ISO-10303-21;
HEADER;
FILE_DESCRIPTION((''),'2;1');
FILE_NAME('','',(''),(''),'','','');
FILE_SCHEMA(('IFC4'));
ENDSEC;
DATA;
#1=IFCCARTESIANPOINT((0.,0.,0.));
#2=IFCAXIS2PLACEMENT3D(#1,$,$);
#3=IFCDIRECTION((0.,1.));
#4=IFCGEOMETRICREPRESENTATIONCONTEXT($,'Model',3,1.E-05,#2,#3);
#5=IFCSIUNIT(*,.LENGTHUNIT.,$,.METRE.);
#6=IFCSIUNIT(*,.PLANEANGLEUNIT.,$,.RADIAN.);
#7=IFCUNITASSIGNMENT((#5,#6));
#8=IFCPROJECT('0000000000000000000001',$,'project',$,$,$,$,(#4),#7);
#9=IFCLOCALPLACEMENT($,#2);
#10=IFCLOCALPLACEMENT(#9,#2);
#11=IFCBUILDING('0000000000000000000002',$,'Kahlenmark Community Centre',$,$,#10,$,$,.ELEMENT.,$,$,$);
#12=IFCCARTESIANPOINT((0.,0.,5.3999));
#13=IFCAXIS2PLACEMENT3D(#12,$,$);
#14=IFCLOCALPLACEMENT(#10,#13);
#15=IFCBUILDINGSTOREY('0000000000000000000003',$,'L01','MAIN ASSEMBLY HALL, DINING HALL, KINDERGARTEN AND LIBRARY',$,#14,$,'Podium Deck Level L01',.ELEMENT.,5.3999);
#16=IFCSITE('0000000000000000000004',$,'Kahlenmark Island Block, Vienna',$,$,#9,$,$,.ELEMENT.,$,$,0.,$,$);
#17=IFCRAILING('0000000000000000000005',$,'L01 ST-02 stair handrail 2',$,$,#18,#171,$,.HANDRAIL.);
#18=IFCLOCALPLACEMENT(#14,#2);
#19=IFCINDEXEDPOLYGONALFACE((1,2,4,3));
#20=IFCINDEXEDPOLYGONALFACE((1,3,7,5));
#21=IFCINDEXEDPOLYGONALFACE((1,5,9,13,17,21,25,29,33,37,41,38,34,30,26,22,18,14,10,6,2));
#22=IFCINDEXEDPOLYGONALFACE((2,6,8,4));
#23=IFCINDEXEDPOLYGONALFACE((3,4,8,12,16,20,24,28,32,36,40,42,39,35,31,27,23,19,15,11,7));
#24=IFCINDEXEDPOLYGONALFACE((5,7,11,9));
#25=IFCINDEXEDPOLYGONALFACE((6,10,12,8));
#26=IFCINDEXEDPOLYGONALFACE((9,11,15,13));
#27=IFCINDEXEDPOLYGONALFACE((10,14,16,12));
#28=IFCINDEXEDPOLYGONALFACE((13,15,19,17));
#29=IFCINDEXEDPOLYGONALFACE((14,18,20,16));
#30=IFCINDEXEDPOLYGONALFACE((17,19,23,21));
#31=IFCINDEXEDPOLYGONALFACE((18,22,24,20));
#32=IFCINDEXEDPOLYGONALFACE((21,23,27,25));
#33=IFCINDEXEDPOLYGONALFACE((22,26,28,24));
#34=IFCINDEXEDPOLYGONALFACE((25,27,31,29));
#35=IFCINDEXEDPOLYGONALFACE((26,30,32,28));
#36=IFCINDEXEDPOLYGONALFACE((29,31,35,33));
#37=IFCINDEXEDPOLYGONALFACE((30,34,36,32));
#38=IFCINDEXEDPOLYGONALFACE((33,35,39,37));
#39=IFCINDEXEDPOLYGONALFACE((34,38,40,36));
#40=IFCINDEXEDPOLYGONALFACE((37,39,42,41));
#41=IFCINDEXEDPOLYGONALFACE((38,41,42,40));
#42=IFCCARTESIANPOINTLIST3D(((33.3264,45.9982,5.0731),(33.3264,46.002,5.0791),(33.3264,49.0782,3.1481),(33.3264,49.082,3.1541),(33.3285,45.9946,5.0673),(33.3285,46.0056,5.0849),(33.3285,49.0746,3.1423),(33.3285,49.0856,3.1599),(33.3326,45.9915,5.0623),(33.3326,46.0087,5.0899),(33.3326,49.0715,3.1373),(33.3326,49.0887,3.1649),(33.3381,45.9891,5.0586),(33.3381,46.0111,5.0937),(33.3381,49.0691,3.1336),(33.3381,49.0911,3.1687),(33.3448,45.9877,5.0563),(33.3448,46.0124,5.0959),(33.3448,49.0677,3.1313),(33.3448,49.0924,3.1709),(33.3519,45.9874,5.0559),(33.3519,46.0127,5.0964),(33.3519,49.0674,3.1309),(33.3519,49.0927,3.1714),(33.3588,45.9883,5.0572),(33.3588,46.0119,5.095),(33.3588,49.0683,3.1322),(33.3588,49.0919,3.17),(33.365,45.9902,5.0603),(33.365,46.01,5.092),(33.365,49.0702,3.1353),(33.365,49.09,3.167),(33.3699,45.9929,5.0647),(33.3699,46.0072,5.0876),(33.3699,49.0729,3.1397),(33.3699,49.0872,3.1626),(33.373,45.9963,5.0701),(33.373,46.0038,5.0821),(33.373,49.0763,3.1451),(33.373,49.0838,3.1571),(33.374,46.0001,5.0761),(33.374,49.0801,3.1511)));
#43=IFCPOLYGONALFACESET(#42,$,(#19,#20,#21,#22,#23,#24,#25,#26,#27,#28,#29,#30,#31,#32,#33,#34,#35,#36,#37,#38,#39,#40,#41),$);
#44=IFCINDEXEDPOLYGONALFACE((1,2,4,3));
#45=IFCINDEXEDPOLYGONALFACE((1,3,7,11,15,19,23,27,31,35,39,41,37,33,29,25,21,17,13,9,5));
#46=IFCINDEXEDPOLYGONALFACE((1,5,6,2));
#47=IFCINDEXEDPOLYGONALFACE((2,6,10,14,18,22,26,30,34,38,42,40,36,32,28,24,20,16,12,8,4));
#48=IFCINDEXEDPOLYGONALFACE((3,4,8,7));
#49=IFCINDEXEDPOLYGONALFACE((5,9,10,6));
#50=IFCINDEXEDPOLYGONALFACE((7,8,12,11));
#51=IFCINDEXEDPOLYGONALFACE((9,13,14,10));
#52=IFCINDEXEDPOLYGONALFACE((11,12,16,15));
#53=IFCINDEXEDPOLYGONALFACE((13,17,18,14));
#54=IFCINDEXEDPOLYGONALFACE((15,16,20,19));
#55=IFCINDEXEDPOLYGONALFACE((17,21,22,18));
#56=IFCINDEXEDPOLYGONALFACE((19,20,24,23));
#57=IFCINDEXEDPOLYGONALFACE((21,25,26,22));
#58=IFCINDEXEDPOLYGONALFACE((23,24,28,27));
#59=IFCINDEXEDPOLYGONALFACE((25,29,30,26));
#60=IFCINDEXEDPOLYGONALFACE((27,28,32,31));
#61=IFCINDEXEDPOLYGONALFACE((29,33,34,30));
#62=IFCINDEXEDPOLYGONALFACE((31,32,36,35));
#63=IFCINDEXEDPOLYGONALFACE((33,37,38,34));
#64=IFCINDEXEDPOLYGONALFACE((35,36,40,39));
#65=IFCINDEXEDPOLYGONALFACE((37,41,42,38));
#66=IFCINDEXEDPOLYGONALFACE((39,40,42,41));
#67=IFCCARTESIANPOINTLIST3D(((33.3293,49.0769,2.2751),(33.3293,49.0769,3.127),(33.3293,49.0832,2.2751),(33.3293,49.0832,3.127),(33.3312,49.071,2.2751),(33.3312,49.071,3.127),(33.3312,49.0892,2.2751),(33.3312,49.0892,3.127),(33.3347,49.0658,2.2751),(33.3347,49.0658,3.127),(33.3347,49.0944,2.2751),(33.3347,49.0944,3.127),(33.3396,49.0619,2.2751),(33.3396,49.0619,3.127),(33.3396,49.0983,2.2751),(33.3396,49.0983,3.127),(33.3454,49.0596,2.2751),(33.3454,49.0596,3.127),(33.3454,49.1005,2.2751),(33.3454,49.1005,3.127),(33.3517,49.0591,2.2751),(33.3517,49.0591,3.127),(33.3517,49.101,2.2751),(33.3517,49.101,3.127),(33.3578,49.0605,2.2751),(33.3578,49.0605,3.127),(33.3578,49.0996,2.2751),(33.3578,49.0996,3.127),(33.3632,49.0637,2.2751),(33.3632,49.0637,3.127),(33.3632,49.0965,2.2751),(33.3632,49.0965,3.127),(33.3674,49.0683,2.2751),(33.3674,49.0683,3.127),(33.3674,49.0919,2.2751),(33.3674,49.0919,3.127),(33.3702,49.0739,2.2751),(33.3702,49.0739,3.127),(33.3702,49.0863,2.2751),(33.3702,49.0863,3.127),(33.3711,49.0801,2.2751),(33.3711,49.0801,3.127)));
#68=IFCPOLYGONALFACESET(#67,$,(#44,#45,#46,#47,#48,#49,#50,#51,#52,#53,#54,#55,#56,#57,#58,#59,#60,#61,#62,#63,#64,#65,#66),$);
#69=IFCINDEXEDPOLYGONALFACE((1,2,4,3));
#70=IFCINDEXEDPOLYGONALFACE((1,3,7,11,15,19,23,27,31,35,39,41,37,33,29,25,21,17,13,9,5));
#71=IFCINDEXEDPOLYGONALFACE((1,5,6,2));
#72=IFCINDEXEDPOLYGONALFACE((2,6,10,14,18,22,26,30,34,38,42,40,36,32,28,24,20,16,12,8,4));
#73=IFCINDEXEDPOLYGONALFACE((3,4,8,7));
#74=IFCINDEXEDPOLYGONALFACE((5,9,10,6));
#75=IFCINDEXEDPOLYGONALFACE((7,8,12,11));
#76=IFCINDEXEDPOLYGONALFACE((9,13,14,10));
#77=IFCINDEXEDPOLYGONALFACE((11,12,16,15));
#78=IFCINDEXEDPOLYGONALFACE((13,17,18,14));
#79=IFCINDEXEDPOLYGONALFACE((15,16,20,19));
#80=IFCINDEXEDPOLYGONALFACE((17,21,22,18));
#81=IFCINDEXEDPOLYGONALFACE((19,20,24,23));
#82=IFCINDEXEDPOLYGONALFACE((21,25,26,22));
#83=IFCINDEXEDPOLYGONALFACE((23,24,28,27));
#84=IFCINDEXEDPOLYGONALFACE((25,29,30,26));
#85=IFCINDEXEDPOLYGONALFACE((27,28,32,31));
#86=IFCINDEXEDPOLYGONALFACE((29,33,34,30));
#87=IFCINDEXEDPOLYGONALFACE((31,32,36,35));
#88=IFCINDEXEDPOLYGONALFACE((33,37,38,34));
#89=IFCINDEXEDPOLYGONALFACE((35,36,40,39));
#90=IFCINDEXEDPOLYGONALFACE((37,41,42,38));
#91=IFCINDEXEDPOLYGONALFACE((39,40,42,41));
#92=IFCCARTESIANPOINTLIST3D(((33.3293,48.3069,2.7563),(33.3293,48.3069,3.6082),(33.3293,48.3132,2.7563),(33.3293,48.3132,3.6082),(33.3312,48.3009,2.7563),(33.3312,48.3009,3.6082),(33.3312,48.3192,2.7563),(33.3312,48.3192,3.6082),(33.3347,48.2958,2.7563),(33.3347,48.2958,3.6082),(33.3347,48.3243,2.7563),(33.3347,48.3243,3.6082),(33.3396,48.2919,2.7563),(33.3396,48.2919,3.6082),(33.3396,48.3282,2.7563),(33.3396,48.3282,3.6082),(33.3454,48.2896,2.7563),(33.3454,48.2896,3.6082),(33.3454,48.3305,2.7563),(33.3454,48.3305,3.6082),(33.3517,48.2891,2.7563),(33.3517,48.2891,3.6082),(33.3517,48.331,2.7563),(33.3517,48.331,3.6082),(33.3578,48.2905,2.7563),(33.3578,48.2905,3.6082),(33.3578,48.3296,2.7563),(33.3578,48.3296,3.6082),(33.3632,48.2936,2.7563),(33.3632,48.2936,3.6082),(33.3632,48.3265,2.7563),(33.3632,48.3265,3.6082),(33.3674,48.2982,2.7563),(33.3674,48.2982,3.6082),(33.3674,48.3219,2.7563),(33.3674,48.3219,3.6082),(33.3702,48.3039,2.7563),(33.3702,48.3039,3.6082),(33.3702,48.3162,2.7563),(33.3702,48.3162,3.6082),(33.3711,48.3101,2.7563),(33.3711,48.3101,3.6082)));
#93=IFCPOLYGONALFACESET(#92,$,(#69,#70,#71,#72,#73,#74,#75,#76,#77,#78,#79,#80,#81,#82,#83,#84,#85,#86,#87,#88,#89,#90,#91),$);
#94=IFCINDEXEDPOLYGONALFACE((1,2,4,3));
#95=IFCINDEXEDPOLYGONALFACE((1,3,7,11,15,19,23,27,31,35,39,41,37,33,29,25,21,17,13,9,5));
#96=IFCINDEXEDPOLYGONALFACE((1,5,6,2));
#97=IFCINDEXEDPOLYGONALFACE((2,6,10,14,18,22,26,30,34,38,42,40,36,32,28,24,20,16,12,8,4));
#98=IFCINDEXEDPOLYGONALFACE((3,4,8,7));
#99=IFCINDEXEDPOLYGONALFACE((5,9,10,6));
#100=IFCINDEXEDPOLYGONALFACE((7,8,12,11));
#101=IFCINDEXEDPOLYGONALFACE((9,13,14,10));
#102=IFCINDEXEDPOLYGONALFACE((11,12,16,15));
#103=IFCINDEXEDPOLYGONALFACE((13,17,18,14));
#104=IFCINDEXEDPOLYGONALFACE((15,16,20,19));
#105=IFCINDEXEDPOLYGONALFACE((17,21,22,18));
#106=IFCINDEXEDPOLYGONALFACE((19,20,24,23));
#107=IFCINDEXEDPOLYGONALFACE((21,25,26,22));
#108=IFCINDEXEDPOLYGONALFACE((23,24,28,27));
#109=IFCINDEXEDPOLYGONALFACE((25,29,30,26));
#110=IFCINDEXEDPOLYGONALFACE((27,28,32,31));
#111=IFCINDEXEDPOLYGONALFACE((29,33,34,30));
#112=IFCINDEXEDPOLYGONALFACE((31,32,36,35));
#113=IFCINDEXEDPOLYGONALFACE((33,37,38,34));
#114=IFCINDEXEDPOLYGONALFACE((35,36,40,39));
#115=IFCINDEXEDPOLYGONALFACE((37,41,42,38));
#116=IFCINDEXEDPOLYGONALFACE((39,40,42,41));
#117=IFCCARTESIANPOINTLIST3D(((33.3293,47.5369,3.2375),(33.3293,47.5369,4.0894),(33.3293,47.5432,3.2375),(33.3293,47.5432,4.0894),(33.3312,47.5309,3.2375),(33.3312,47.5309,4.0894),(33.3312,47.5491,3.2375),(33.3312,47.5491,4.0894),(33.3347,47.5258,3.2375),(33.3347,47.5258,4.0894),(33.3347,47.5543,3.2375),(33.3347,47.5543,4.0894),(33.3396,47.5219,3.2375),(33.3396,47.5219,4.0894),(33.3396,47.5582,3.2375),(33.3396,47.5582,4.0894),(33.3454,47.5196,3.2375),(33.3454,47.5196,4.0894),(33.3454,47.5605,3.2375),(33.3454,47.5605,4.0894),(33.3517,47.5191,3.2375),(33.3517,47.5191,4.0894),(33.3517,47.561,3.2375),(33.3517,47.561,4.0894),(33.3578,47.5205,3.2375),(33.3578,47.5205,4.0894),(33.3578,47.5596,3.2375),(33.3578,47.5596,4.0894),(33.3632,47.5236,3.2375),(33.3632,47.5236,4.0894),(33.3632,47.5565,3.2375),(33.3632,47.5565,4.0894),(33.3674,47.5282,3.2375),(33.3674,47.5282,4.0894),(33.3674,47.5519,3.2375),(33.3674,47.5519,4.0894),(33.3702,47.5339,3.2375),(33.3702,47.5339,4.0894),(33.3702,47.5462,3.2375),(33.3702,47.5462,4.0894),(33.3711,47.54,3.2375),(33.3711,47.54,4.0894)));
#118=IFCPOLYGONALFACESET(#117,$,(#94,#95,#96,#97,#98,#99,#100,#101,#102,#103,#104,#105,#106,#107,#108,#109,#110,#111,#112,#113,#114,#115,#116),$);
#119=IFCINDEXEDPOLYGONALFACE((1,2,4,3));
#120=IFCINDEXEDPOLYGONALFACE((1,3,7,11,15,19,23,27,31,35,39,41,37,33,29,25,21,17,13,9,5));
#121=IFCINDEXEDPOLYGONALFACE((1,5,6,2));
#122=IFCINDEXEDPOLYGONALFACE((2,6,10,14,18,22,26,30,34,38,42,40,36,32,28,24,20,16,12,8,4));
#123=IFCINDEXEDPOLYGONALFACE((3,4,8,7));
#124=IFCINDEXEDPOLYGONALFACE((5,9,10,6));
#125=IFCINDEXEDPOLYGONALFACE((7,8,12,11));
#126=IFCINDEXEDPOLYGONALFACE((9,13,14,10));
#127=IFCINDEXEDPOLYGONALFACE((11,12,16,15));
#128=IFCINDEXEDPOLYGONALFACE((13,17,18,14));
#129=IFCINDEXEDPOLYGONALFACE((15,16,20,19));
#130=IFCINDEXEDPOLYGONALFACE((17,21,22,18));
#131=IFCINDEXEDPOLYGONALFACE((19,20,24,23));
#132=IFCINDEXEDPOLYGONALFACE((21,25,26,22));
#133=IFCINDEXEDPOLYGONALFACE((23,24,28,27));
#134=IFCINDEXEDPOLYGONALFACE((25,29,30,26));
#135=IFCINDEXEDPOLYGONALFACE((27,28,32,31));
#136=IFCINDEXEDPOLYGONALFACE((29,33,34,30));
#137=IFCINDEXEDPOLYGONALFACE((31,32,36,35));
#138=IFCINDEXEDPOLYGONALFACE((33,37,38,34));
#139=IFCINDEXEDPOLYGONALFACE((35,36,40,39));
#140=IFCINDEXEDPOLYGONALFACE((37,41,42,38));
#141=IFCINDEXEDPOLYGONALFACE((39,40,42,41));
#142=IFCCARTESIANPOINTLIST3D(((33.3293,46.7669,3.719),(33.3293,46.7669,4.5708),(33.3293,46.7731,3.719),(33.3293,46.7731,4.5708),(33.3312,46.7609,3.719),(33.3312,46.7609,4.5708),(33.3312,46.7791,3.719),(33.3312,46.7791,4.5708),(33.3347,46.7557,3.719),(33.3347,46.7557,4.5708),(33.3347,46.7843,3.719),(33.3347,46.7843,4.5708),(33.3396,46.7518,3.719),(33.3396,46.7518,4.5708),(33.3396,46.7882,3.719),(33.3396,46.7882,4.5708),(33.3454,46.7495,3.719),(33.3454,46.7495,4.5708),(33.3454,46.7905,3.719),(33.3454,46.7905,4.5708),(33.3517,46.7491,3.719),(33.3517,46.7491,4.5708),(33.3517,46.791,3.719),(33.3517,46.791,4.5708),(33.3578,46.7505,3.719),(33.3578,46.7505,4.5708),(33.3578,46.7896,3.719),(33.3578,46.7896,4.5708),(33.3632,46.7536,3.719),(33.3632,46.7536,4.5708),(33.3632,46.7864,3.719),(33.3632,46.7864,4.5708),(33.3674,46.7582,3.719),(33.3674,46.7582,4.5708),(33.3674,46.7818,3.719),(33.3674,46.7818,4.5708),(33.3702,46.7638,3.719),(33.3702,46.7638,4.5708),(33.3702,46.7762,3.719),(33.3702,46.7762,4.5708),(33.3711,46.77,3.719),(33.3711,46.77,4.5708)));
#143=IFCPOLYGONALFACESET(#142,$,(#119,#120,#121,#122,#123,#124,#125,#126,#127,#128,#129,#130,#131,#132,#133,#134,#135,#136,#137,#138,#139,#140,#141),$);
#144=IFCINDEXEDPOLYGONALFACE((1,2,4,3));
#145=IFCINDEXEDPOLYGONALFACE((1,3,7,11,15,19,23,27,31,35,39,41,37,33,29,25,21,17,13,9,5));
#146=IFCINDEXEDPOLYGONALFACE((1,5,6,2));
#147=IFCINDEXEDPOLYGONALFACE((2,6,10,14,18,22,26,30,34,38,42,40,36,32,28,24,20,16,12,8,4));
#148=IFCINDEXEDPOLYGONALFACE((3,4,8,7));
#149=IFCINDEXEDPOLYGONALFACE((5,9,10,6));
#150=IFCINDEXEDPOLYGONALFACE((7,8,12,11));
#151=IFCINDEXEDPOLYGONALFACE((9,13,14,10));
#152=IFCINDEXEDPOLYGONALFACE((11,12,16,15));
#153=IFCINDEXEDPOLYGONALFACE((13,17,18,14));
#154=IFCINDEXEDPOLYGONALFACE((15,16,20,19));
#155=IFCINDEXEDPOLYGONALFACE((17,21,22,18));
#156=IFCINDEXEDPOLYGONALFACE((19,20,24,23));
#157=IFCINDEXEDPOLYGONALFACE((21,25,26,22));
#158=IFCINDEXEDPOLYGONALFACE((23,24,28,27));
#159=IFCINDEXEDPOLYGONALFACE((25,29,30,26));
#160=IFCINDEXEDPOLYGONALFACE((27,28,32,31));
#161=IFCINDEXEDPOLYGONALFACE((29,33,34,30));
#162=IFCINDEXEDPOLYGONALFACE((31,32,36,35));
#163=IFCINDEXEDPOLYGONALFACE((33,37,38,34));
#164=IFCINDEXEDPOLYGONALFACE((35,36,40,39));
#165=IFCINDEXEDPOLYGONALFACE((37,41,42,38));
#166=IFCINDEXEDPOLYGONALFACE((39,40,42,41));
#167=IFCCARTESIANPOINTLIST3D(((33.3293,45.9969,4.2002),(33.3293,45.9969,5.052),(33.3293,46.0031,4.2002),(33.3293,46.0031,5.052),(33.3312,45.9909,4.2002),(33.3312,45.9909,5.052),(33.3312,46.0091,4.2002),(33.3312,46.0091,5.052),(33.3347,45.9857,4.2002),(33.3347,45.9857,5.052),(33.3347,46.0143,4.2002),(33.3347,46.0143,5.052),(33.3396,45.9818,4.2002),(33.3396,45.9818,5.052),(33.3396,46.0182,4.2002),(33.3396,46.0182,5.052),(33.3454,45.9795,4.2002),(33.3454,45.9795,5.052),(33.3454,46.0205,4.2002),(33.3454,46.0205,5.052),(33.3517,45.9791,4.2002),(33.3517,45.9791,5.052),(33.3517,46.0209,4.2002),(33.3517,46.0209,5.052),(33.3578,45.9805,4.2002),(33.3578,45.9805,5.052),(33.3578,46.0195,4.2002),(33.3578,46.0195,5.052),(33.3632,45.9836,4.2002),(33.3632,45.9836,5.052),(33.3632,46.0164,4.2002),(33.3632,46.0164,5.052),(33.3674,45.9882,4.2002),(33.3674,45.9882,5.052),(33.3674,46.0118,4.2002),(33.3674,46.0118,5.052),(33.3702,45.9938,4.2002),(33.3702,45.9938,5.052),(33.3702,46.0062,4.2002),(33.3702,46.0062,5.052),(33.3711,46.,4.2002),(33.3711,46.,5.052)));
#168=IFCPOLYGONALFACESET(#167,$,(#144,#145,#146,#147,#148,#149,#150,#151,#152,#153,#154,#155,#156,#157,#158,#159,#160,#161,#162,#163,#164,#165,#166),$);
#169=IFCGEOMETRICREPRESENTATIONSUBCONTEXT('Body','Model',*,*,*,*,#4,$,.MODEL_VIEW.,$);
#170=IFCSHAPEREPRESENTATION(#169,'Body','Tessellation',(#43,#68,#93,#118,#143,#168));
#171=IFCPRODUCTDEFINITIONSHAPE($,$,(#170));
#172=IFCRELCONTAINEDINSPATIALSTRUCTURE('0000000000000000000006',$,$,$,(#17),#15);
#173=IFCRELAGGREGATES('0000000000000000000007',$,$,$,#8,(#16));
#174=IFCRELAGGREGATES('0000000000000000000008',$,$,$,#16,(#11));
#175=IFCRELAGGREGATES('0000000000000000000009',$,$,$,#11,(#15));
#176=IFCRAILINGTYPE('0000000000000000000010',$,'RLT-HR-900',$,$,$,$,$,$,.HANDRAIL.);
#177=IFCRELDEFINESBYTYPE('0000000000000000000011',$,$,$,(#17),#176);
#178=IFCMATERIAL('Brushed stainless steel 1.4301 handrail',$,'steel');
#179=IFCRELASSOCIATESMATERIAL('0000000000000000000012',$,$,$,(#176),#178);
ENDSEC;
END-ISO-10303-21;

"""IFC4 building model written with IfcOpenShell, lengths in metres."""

from ifc_helpers import new_model, si_unit, direction, frame, origin, origin_2d, place, context, subcontext, project, spatial, circle, extrude, material, type_object, element, save


model = new_model("IFC4")

# Units and contexts
model_context = context("Model", 3, precision=1e-05, world=origin(), true_north=direction((0.0, 1.0)))
body_context = subcontext(model_context, "Body", "Model", "MODEL_VIEW")
ifc_project = project(units=[si_unit("LENGTHUNIT", "METRE"), si_unit("PLANEANGLEUNIT", "RADIAN")], contexts=[model_context])

# Site, building, storey
site_placement = place(None, origin())
site = spatial("IfcSite", under=ifc_project, at=site_placement, Name="Kahlenmark Island Block, Vienna", CompositionType="ELEMENT", RefElevation=0.0)
building_placement = place(site_placement, origin())
building = spatial("IfcBuilding", under=site, at=building_placement, Name="Kahlenmark Community Centre", CompositionType="ELEMENT")
storey_placement = place(building_placement, frame((0.0, 0.0, 5.3999)))
storey = spatial("IfcBuildingStorey", under=building, at=storey_placement, Name="L01", Description="MAIN ASSEMBLY HALL, DINING HALL, KINDERGARTEN AND LIBRARY", LongName="Podium Deck Level L01", CompositionType="ELEMENT", Elevation=5.3999)

# Railing
ifc_material_1 = material(Name="Brushed stainless steel 1.4301 handrail", Category="steel")
railing_type_1 = type_object("IfcRailingType", Name="RLT-HR-900", PredefinedType="HANDRAIL", material=ifc_material_1)
railing_1_placement = place(storey_placement, frame((33.3501, 49.0801, 2.2751)))
element("IfcRailing", 1, at=railing_1_placement, inside=storey, type_object=railing_type_1, Name="L01 ST-02 stair handrail 2", PredefinedType="HANDRAIL", context=body_context, shape_type="SweptSolid", body=[
    extrude(circle(Radius=0.0239, at=origin_2d()), frame((0.0, 0.0, 0.876), z_axis=(0.0, -0.847998, 0.529999), x_axis=(1.0, 0.0, 0.0)), (0.0, 0.0, 1.0), 3.6321),
    extrude(circle(Radius=0.021, at=origin_2d()), origin(), (0.0, 0.0, 1.0), 0.8518),
    extrude(circle(Radius=0.021, at=origin_2d()), frame((0.0, -0.77, 0.4812)), (0.0, 0.0, 1.0), 0.8518),
    extrude(circle(Radius=0.021, at=origin_2d()), frame((0.0, -1.54, 0.9624)), (0.0, 0.0, 1.0), 0.8518),
    extrude(circle(Radius=0.021, at=origin_2d()), frame((0.0, -2.3101, 1.4438)), (0.0, 0.0, 1.0), 0.8518),
    extrude(circle(Radius=0.021, at=origin_2d()), frame((0.0, -3.0801, 1.925)), (0.0, 0.0, 1.0), 0.8518),
])

save(model, "model.ifc")
